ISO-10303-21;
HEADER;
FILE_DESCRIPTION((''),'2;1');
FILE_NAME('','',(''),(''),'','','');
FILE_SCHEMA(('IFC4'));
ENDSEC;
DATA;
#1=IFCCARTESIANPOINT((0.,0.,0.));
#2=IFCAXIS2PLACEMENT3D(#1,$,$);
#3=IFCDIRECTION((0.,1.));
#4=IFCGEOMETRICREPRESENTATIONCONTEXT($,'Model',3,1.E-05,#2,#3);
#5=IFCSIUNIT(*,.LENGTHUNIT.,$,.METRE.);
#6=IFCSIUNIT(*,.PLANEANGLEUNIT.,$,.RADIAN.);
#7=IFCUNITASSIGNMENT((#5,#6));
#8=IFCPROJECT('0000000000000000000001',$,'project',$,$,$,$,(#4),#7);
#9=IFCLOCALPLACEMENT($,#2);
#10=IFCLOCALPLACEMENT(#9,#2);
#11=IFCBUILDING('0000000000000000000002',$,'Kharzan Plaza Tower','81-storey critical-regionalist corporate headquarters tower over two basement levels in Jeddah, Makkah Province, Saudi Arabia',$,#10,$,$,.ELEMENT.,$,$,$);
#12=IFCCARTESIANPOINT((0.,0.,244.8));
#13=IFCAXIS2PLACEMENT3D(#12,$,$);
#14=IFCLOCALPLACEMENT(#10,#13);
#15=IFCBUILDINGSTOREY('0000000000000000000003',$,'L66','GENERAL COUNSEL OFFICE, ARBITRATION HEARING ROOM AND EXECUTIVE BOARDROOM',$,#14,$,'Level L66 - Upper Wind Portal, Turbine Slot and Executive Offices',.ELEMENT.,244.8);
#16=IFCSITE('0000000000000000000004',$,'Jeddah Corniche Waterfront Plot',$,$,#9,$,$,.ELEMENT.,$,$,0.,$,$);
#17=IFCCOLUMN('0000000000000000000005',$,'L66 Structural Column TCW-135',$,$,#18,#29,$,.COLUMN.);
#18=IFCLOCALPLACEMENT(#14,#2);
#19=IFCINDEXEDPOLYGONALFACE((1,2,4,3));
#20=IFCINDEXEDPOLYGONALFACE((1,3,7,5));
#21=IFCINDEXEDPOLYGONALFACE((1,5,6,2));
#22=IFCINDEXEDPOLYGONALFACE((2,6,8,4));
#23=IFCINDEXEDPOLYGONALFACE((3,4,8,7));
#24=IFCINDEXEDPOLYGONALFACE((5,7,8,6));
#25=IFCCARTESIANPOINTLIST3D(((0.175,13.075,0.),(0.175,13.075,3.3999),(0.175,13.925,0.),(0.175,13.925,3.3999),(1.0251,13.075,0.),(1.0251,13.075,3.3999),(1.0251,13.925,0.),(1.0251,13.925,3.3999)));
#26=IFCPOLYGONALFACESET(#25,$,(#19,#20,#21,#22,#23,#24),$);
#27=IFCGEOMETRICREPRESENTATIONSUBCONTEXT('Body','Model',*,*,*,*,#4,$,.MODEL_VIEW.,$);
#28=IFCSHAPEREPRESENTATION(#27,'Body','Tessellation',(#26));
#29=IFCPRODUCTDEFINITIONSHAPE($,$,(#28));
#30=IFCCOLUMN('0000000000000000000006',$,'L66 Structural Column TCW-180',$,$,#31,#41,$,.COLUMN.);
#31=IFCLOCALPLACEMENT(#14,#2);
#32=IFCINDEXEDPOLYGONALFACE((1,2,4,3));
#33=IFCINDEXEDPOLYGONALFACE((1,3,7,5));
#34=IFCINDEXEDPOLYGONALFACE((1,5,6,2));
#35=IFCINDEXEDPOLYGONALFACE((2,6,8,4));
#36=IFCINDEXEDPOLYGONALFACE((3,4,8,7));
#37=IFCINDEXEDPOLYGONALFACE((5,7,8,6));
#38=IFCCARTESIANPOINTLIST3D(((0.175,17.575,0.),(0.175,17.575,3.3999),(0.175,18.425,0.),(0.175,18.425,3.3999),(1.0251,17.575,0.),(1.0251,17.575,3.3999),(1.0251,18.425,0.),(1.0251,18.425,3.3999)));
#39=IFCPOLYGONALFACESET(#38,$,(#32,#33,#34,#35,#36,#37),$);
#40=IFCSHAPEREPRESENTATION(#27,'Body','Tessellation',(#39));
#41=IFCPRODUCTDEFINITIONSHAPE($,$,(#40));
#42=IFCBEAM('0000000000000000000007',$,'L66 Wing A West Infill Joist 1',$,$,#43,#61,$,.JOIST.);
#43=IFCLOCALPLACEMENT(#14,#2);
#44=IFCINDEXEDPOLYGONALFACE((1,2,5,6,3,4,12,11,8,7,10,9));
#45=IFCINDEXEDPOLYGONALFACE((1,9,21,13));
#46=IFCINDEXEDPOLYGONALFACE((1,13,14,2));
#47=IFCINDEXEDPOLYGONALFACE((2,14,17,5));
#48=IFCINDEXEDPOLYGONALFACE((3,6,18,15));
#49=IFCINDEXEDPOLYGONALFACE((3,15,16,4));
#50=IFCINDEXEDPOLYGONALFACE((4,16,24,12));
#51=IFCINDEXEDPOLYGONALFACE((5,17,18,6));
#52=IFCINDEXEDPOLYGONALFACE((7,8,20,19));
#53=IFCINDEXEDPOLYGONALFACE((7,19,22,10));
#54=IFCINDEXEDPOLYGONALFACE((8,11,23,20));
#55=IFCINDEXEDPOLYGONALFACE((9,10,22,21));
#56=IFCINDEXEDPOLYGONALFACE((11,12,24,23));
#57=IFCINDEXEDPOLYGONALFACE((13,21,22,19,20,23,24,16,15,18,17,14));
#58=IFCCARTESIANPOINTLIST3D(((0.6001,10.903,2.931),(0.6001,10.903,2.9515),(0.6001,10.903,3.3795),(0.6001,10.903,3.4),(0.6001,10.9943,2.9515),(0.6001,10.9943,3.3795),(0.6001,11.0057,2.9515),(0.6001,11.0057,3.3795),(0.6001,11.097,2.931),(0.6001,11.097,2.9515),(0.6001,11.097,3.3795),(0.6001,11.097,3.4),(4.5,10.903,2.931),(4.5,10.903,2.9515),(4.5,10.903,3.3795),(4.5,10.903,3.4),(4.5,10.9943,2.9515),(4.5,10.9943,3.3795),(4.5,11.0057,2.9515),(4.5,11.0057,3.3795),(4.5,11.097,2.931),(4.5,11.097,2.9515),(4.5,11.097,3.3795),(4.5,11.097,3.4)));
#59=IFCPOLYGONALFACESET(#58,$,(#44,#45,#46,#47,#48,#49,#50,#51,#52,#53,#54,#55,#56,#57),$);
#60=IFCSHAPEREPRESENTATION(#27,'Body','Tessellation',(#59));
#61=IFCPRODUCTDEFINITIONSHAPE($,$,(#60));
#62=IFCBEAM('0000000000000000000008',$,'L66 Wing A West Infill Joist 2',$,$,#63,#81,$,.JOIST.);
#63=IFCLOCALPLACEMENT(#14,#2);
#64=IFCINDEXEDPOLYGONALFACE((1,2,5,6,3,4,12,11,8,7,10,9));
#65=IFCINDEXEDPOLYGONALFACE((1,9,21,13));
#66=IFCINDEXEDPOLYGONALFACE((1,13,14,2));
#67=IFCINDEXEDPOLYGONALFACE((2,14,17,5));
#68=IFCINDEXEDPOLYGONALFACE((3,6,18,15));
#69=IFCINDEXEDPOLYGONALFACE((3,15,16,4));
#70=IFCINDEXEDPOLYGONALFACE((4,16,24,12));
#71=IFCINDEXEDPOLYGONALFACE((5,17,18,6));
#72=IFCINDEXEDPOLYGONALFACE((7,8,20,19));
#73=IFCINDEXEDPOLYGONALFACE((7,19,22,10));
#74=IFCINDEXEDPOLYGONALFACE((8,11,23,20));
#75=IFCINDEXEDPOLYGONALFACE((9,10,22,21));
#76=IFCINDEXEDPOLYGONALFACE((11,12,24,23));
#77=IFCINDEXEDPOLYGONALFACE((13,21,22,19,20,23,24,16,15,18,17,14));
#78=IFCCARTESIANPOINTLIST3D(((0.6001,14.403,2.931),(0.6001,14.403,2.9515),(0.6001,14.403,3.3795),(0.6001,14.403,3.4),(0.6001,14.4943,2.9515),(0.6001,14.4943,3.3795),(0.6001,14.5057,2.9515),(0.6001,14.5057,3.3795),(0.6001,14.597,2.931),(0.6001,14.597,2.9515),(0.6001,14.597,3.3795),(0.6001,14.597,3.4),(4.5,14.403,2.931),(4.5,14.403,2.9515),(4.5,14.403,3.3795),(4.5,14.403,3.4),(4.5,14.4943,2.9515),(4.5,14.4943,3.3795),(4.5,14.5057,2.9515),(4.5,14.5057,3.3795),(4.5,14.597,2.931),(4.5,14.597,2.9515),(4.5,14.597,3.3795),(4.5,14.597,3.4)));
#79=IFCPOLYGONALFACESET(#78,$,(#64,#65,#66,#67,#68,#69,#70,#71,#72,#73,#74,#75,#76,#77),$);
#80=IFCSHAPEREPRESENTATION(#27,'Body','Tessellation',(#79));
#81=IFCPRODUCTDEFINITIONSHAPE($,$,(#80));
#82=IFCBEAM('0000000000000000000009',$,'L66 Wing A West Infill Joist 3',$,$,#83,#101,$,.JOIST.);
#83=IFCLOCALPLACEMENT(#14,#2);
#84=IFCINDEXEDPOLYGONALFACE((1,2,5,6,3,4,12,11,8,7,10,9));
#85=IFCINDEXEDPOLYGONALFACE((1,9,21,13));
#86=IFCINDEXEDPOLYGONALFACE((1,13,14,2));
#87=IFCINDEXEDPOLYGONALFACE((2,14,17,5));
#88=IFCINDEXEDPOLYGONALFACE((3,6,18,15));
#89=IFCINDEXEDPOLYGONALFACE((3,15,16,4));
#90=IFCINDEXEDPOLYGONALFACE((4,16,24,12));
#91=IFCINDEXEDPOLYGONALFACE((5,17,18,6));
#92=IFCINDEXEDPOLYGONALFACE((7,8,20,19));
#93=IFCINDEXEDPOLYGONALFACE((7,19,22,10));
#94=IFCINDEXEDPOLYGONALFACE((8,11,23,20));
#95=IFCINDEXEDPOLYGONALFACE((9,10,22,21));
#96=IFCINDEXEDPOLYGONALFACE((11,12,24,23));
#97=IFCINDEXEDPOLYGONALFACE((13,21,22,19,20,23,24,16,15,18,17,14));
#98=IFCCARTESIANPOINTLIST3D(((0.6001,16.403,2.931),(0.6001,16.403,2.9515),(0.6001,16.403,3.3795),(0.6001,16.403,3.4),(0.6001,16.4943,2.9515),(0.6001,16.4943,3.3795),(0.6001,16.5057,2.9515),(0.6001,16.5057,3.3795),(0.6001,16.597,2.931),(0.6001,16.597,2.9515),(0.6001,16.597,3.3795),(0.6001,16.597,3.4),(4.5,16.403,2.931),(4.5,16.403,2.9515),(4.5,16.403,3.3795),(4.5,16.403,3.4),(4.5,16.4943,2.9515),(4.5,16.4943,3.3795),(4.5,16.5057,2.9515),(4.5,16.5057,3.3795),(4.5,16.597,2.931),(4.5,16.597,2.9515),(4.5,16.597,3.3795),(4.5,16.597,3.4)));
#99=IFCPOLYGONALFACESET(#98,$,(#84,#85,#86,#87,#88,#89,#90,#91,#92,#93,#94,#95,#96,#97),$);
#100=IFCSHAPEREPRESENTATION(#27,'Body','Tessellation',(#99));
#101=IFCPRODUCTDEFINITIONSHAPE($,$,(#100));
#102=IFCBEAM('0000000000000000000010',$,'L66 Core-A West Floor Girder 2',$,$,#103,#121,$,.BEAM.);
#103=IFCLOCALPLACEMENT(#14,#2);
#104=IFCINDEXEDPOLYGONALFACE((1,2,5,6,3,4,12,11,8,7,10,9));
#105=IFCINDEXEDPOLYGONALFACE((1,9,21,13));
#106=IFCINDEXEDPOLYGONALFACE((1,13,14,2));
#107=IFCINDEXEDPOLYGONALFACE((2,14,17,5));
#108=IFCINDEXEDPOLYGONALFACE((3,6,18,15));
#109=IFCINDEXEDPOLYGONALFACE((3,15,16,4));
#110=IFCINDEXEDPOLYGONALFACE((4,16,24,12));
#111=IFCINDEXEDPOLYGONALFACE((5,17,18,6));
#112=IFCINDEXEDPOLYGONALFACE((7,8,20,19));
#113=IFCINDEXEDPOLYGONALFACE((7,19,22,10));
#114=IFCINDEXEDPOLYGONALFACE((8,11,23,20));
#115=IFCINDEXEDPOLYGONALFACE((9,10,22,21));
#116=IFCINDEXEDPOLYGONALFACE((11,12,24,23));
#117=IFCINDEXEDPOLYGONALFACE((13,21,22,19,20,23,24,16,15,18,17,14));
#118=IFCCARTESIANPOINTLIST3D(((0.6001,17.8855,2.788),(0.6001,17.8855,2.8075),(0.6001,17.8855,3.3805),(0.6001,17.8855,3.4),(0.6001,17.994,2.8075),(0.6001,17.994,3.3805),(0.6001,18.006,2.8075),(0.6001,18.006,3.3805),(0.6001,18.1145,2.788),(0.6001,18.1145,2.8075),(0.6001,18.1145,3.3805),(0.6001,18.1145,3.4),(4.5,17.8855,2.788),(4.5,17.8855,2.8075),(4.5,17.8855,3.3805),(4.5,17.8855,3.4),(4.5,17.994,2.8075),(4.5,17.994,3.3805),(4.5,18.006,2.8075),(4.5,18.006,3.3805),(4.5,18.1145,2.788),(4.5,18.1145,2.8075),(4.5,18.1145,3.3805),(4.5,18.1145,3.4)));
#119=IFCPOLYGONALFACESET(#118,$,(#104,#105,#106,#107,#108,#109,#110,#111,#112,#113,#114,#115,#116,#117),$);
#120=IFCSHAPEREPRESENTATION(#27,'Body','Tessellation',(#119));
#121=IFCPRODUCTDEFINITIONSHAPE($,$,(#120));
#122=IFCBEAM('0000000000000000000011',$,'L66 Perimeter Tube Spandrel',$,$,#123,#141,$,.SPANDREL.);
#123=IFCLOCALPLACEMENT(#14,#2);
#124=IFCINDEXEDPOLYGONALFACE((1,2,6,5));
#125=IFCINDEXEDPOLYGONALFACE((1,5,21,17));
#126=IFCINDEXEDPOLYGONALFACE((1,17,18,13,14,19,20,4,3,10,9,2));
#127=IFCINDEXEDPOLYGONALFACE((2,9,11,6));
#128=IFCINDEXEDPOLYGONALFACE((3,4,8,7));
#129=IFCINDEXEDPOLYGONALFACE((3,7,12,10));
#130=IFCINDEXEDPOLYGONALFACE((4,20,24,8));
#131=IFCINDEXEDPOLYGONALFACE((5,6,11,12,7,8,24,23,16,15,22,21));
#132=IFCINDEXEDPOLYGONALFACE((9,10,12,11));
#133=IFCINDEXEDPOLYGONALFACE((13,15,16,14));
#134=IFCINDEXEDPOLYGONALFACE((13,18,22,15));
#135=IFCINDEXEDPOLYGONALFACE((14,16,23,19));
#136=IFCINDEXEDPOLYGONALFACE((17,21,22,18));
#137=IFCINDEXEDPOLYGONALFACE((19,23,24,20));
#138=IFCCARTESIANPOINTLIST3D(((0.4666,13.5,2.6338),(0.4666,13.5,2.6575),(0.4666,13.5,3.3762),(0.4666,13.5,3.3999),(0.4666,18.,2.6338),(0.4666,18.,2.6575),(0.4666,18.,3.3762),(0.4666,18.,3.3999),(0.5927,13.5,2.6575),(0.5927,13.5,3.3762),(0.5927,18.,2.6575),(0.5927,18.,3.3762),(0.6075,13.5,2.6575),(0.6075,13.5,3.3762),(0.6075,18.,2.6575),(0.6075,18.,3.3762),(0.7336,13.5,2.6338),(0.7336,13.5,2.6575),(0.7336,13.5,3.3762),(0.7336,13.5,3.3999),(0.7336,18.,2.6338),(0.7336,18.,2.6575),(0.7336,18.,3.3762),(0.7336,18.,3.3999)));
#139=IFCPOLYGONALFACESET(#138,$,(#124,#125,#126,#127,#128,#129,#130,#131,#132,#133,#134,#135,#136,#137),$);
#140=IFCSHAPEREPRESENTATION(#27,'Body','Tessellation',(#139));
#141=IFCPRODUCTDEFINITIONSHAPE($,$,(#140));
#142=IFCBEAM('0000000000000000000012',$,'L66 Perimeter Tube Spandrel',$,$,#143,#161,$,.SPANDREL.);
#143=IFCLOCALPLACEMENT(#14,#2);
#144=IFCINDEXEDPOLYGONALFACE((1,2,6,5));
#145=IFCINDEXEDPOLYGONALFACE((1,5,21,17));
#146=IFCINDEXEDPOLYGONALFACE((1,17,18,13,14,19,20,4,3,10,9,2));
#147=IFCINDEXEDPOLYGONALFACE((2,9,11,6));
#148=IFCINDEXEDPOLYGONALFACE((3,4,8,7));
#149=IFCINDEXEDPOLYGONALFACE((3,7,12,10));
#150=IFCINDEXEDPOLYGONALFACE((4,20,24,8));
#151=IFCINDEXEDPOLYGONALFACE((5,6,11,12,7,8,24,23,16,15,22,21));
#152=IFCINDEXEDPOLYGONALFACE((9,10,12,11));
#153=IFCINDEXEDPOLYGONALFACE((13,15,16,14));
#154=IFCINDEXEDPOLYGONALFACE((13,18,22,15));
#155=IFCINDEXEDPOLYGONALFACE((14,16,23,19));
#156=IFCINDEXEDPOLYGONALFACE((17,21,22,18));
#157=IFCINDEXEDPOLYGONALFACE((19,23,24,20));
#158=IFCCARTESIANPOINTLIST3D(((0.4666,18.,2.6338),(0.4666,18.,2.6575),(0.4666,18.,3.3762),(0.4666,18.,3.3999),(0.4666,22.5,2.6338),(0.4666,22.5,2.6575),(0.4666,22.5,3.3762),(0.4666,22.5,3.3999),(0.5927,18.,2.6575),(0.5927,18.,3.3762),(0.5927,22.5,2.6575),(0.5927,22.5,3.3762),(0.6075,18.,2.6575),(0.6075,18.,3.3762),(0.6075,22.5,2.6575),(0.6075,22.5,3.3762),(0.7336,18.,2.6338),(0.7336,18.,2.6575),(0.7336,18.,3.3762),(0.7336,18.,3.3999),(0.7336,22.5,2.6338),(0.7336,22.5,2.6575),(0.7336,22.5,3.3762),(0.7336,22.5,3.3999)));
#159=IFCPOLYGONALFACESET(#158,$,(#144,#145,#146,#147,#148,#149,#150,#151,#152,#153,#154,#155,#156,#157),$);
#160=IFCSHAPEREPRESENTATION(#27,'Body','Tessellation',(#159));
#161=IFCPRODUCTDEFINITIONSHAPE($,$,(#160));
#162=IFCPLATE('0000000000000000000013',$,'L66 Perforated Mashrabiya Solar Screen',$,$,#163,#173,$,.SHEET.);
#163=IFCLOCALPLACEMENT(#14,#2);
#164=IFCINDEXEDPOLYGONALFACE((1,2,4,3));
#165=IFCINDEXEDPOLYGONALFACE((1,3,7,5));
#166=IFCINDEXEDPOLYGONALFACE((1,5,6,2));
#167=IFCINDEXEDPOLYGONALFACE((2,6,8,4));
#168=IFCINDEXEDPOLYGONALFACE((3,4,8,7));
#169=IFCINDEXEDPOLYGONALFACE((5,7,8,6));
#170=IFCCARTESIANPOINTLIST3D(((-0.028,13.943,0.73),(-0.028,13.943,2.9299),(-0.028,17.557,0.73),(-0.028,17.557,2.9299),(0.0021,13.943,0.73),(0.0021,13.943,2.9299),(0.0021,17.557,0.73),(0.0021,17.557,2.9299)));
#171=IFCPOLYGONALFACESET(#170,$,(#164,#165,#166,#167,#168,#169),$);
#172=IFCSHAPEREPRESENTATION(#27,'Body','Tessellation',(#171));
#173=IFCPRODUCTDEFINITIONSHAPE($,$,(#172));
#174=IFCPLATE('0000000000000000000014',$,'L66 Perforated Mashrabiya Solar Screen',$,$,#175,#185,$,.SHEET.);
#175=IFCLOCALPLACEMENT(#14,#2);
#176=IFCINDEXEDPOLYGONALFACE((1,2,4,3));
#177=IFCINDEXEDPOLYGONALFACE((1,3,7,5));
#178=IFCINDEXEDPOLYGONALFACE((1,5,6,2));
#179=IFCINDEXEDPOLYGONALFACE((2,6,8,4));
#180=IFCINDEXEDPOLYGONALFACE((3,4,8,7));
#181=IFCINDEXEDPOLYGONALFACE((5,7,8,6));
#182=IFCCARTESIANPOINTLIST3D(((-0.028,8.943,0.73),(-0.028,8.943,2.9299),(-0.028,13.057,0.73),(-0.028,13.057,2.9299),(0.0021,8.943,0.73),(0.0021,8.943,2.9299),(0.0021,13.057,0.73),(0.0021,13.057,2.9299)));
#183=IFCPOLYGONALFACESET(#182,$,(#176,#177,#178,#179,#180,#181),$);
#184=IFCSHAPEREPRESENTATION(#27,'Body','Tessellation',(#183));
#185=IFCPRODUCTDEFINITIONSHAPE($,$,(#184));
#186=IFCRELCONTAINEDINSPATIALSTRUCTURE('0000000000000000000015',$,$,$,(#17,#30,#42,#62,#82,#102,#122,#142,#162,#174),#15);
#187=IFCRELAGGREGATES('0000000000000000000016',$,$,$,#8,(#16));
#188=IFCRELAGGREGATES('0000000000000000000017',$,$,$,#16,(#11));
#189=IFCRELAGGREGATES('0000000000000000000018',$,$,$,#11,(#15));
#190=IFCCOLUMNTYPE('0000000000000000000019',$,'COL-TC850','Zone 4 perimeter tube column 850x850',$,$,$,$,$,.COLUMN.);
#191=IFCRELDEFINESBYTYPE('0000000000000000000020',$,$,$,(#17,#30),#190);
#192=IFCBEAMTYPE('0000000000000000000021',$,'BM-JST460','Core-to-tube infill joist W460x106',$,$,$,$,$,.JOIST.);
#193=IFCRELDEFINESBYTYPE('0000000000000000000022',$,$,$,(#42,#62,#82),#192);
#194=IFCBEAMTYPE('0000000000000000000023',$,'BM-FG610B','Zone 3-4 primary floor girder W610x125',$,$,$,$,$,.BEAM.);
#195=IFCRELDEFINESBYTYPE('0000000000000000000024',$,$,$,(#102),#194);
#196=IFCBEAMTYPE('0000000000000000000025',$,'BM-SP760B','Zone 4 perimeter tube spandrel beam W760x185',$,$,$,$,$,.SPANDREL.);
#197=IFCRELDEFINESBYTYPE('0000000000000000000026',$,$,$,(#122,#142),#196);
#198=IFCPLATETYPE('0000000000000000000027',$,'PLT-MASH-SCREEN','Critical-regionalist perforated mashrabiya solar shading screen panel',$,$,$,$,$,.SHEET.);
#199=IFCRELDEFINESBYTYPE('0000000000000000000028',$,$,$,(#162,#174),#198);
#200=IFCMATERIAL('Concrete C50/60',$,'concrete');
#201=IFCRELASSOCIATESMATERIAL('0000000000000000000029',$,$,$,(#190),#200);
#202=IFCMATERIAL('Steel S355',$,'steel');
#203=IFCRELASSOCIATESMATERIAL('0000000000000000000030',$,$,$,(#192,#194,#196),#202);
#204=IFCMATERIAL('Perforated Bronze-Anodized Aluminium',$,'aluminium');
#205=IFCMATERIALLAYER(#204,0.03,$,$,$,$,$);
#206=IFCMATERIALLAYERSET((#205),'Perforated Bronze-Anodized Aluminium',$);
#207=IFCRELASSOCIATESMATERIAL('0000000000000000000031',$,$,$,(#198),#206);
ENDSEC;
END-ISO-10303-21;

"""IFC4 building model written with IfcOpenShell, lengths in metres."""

from ifc_helpers import new_model, si_unit, direction, frame, origin, origin_2d, place, context, subcontext, project, spatial, rectangle, i_section, extrude, source, transform, mapped, material, layer, layer_set, material_profile, profile_set, type_object, element, save


model = new_model("IFC4")

# Units and contexts
model_context = context("Model", 3, precision=1e-05, world=origin(), true_north=direction((0.0, 1.0)))
body_context = subcontext(model_context, "Body", "Model", "MODEL_VIEW")
ifc_project = project(units=[si_unit("LENGTHUNIT", "METRE"), si_unit("PLANEANGLEUNIT", "RADIAN")], contexts=[model_context])

# Site, building, storey
site_placement = place(None, origin())
site = spatial("IfcSite", under=ifc_project, at=site_placement, Name="Jeddah Corniche Waterfront Plot", CompositionType="ELEMENT", RefElevation=0.0)
building_placement = place(site_placement, origin())
building = spatial("IfcBuilding", under=site, at=building_placement, Name="Kharzan Plaza Tower", Description="81-storey critical-regionalist corporate headquarters tower over two basement levels in Jeddah, Makkah Province, Saudi Arabia", CompositionType="ELEMENT")
storey_placement = place(building_placement, frame((0.0, 0.0, 244.8)))
storey = spatial("IfcBuildingStorey", under=building, at=storey_placement, Name="L66", Description="GENERAL COUNSEL OFFICE, ARBITRATION HEARING ROOM AND EXECUTIVE BOARDROOM", LongName="Level L66 - Upper Wind Portal, Turbine Slot and Executive Offices", CompositionType="ELEMENT", Elevation=244.8)

# Columns
ifc_material_1 = material(Name="Concrete C50/60", Category="concrete")
ifc_material_profile_1 = material_profile(ifc_material_1, rectangle(XDim=0.8501, YDim=0.8501, at=origin_2d()), Name="RC-TC850x850")
ifc_profile_set_1 = profile_set([ifc_material_profile_1], Name="Concrete C50/60")
column_type = type_object("IfcColumnType", Name="COL-TC850", Description="Zone 4 perimeter tube column 850x850", PredefinedType="COLUMN", material=ifc_profile_set_1)
shared_shape_1 = source(origin(), body_context, "Body", "SweptSolid", [
    extrude(rectangle(XDim=0.8501, YDim=0.8501, at=origin_2d()), origin(), (0.0, 0.0, 1.0), 3.3999),
])
for number, where, z_axis, x_axis, name in (
    (1, (0.6001, 13.5, 0.0), (0.0, 0.0, 1.0), (1.0, 0.0, 0.0), "L66 Structural Column TCW-135"),
    (2, (0.6001, 18.0, 0.0), (0.0, 0.0, 1.0), (1.0, 0.0, 0.0), "L66 Structural Column TCW-180"),
):
    element("IfcColumn", number, at=place(storey_placement, frame(where, z_axis=z_axis, x_axis=x_axis)), inside=storey, type_object=column_type, Name=name, PredefinedType="COLUMN", context=body_context, shape_type="MappedRepresentation", body=[
        mapped(shared_shape_1, transform((0.0, 0.0, 0.0), x_axis=(1.0, 0.0, 0.0), y_axis=(0.0, 1.0, 0.0), z_axis=(0.0, 0.0, 1.0))),
    ])

# Beams
ifc_material_2 = material(Name="Steel S355", Category="steel")
ifc_material_profile_2 = material_profile(ifc_material_2, i_section(OverallWidth=0.1941, OverallDepth=0.469, WebThickness=0.0115, FlangeThickness=0.0205, at=origin_2d()), Name="W460x106")
ifc_profile_set_2 = profile_set([ifc_material_profile_2], Name="Steel S355")
beam_type_1 = type_object("IfcBeamType", Name="BM-JST460", Description="Core-to-tube infill joist W460x106", PredefinedType="JOIST", material=ifc_profile_set_2)
shared_shape_2 = source(origin(), body_context, "Body", "SweptSolid", [
    extrude(i_section(OverallWidth=0.1941, OverallDepth=0.469, WebThickness=0.0115, FlangeThickness=0.0205, at=origin_2d()), origin(), (0.0, 0.0, 1.0), 3.8999),
])
for number, where, z_axis, x_axis, name in (
    (3, (0.6001, 11.0, 3.1655), (1.0, 0.0, 0.0), (0.0, 1.0, 0.0), "L66 Wing A West Infill Joist 1"),
    (4, (0.6001, 14.5, 3.1655), (1.0, 0.0, 0.0), (0.0, 1.0, 0.0), "L66 Wing A West Infill Joist 2"),
    (5, (0.6001, 16.5, 3.1655), (1.0, 0.0, 0.0), (0.0, 1.0, 0.0), "L66 Wing A West Infill Joist 3"),
):
    element("IfcBeam", number, at=place(storey_placement, frame(where, z_axis=z_axis, x_axis=x_axis)), inside=storey, type_object=beam_type_1, Name=name, PredefinedType="JOIST", context=body_context, shape_type="MappedRepresentation", body=[
        mapped(shared_shape_2, transform((0.0, 0.0, 0.0), x_axis=(1.0, 0.0, 0.0), y_axis=(0.0, 1.0, 0.0), z_axis=(0.0, 0.0, 1.0))),
    ])
ifc_material_profile_3 = material_profile(ifc_material_2, i_section(OverallWidth=0.229, OverallDepth=0.6121, WebThickness=0.012, FlangeThickness=0.0195, at=origin_2d()), Name="W610x125")
ifc_profile_set_3 = profile_set([ifc_material_profile_3], Name="Steel S355")
beam_type_2 = type_object("IfcBeamType", Name="BM-FG610B", Description="Zone 3-4 primary floor girder W610x125", PredefinedType="BEAM", material=ifc_profile_set_3)
shared_shape_3 = source(origin(), body_context, "Body", "SweptSolid", [
    extrude(i_section(OverallWidth=0.229, OverallDepth=0.6121, WebThickness=0.012, FlangeThickness=0.0195, at=origin_2d()), origin(), (0.0, 0.0, 1.0), 3.8999),
])
beam_placement = place(storey_placement, frame((0.6001, 18.0, 3.094), z_axis=(1.0, 0.0, 0.0), x_axis=(0.0, 1.0, 0.0)))
element("IfcBeam", 6, at=beam_placement, inside=storey, type_object=beam_type_2, Name="L66 Core-A West Floor Girder 2", PredefinedType="BEAM", context=body_context, shape_type="MappedRepresentation", body=[
    mapped(shared_shape_3, transform((0.0, 0.0, 0.0), x_axis=(1.0, 0.0, 0.0), y_axis=(0.0, 1.0, 0.0), z_axis=(0.0, 0.0, 1.0))),
])
ifc_material_profile_4 = material_profile(ifc_material_2, i_section(OverallWidth=0.2671, OverallDepth=0.7661, WebThickness=0.0149, FlangeThickness=0.0237, at=origin_2d()), Name="W760x185")
ifc_profile_set_4 = profile_set([ifc_material_profile_4], Name="Steel S355")
beam_type_3 = type_object("IfcBeamType", Name="BM-SP760B", Description="Zone 4 perimeter tube spandrel beam W760x185", PredefinedType="SPANDREL", material=ifc_profile_set_4)
shared_shape_4 = source(origin(), body_context, "Body", "SweptSolid", [
    extrude(i_section(OverallWidth=0.2671, OverallDepth=0.7661, WebThickness=0.0149, FlangeThickness=0.0237, at=origin_2d()), origin(), (0.0, 0.0, 1.0), 4.5),
])
for number, where, z_axis, x_axis, name in (
    (7, (0.6001, 13.5, 3.0168), (0.0, 1.0, 0.0), (-1.0, 0.0, 0.0), "L66 Perimeter Tube Spandrel"),
    (8, (0.6001, 18.0, 3.0168), (0.0, 1.0, 0.0), (-1.0, 0.0, 0.0), "L66 Perimeter Tube Spandrel"),
):
    element("IfcBeam", number, at=place(storey_placement, frame(where, z_axis=z_axis, x_axis=x_axis)), inside=storey, type_object=beam_type_3, Name=name, PredefinedType="SPANDREL", context=body_context, shape_type="MappedRepresentation", body=[
        mapped(shared_shape_4, transform((0.0, 0.0, 0.0), x_axis=(1.0, 0.0, 0.0), y_axis=(0.0, 1.0, 0.0), z_axis=(0.0, 0.0, 1.0))),
    ])

# Plates
ifc_material_3 = material(Name="Perforated Bronze-Anodized Aluminium", Category="aluminium")
ifc_layer_1 = layer(ifc_material_3, 0.03)
ifc_layer_set_1 = layer_set([ifc_layer_1], Name="Perforated Bronze-Anodized Aluminium")
plate_type = type_object("IfcPlateType", Name="PLT-MASH-SCREEN", Description="Critical-regionalist perforated mashrabiya solar shading screen panel", PredefinedType="SHEET", material=ifc_layer_set_1)
shared_shape_5 = source(origin(), body_context, "Body", "SweptSolid", [
    extrude(rectangle(XDim=3.614, YDim=0.03, at=origin_2d()), origin(), (0.0, 0.0, 1.0), 2.2),
])
plate_1_placement = place(storey_placement, frame((-0.0129, 15.75, 0.73), z_axis=(0.0, 0.0, 1.0), x_axis=(0.0, -1.0, 0.0)))
element("IfcPlate", 9, at=plate_1_placement, inside=storey, type_object=plate_type, Name="L66 Perforated Mashrabiya Solar Screen", PredefinedType="SHEET", context=body_context, shape_type="MappedRepresentation", body=[
    mapped(shared_shape_5, transform((0.0, 0.0, 0.0), x_axis=(1.0, 0.0, 0.0), y_axis=(0.0, 1.0, 0.0), z_axis=(0.0, 0.0, 1.0))),
])
shared_shape_6 = source(origin(), body_context, "Body", "SweptSolid", [
    extrude(rectangle(XDim=4.114, YDim=0.03, at=origin_2d()), origin(), (0.0, 0.0, 1.0), 2.2),
])
plate_2_placement = place(storey_placement, frame((-0.0129, 11.0, 0.73), z_axis=(0.0, 0.0, 1.0), x_axis=(0.0, -1.0, 0.0)))
element("IfcPlate", 10, at=plate_2_placement, inside=storey, type_object=plate_type, Name="L66 Perforated Mashrabiya Solar Screen", PredefinedType="SHEET", context=body_context, shape_type="MappedRepresentation", body=[
    mapped(shared_shape_6, transform((0.0, 0.0, 0.0), x_axis=(1.0, 0.0, 0.0), y_axis=(0.0, 1.0, 0.0), z_axis=(0.0, 0.0, 1.0))),
])

save(model, "model.ifc")
